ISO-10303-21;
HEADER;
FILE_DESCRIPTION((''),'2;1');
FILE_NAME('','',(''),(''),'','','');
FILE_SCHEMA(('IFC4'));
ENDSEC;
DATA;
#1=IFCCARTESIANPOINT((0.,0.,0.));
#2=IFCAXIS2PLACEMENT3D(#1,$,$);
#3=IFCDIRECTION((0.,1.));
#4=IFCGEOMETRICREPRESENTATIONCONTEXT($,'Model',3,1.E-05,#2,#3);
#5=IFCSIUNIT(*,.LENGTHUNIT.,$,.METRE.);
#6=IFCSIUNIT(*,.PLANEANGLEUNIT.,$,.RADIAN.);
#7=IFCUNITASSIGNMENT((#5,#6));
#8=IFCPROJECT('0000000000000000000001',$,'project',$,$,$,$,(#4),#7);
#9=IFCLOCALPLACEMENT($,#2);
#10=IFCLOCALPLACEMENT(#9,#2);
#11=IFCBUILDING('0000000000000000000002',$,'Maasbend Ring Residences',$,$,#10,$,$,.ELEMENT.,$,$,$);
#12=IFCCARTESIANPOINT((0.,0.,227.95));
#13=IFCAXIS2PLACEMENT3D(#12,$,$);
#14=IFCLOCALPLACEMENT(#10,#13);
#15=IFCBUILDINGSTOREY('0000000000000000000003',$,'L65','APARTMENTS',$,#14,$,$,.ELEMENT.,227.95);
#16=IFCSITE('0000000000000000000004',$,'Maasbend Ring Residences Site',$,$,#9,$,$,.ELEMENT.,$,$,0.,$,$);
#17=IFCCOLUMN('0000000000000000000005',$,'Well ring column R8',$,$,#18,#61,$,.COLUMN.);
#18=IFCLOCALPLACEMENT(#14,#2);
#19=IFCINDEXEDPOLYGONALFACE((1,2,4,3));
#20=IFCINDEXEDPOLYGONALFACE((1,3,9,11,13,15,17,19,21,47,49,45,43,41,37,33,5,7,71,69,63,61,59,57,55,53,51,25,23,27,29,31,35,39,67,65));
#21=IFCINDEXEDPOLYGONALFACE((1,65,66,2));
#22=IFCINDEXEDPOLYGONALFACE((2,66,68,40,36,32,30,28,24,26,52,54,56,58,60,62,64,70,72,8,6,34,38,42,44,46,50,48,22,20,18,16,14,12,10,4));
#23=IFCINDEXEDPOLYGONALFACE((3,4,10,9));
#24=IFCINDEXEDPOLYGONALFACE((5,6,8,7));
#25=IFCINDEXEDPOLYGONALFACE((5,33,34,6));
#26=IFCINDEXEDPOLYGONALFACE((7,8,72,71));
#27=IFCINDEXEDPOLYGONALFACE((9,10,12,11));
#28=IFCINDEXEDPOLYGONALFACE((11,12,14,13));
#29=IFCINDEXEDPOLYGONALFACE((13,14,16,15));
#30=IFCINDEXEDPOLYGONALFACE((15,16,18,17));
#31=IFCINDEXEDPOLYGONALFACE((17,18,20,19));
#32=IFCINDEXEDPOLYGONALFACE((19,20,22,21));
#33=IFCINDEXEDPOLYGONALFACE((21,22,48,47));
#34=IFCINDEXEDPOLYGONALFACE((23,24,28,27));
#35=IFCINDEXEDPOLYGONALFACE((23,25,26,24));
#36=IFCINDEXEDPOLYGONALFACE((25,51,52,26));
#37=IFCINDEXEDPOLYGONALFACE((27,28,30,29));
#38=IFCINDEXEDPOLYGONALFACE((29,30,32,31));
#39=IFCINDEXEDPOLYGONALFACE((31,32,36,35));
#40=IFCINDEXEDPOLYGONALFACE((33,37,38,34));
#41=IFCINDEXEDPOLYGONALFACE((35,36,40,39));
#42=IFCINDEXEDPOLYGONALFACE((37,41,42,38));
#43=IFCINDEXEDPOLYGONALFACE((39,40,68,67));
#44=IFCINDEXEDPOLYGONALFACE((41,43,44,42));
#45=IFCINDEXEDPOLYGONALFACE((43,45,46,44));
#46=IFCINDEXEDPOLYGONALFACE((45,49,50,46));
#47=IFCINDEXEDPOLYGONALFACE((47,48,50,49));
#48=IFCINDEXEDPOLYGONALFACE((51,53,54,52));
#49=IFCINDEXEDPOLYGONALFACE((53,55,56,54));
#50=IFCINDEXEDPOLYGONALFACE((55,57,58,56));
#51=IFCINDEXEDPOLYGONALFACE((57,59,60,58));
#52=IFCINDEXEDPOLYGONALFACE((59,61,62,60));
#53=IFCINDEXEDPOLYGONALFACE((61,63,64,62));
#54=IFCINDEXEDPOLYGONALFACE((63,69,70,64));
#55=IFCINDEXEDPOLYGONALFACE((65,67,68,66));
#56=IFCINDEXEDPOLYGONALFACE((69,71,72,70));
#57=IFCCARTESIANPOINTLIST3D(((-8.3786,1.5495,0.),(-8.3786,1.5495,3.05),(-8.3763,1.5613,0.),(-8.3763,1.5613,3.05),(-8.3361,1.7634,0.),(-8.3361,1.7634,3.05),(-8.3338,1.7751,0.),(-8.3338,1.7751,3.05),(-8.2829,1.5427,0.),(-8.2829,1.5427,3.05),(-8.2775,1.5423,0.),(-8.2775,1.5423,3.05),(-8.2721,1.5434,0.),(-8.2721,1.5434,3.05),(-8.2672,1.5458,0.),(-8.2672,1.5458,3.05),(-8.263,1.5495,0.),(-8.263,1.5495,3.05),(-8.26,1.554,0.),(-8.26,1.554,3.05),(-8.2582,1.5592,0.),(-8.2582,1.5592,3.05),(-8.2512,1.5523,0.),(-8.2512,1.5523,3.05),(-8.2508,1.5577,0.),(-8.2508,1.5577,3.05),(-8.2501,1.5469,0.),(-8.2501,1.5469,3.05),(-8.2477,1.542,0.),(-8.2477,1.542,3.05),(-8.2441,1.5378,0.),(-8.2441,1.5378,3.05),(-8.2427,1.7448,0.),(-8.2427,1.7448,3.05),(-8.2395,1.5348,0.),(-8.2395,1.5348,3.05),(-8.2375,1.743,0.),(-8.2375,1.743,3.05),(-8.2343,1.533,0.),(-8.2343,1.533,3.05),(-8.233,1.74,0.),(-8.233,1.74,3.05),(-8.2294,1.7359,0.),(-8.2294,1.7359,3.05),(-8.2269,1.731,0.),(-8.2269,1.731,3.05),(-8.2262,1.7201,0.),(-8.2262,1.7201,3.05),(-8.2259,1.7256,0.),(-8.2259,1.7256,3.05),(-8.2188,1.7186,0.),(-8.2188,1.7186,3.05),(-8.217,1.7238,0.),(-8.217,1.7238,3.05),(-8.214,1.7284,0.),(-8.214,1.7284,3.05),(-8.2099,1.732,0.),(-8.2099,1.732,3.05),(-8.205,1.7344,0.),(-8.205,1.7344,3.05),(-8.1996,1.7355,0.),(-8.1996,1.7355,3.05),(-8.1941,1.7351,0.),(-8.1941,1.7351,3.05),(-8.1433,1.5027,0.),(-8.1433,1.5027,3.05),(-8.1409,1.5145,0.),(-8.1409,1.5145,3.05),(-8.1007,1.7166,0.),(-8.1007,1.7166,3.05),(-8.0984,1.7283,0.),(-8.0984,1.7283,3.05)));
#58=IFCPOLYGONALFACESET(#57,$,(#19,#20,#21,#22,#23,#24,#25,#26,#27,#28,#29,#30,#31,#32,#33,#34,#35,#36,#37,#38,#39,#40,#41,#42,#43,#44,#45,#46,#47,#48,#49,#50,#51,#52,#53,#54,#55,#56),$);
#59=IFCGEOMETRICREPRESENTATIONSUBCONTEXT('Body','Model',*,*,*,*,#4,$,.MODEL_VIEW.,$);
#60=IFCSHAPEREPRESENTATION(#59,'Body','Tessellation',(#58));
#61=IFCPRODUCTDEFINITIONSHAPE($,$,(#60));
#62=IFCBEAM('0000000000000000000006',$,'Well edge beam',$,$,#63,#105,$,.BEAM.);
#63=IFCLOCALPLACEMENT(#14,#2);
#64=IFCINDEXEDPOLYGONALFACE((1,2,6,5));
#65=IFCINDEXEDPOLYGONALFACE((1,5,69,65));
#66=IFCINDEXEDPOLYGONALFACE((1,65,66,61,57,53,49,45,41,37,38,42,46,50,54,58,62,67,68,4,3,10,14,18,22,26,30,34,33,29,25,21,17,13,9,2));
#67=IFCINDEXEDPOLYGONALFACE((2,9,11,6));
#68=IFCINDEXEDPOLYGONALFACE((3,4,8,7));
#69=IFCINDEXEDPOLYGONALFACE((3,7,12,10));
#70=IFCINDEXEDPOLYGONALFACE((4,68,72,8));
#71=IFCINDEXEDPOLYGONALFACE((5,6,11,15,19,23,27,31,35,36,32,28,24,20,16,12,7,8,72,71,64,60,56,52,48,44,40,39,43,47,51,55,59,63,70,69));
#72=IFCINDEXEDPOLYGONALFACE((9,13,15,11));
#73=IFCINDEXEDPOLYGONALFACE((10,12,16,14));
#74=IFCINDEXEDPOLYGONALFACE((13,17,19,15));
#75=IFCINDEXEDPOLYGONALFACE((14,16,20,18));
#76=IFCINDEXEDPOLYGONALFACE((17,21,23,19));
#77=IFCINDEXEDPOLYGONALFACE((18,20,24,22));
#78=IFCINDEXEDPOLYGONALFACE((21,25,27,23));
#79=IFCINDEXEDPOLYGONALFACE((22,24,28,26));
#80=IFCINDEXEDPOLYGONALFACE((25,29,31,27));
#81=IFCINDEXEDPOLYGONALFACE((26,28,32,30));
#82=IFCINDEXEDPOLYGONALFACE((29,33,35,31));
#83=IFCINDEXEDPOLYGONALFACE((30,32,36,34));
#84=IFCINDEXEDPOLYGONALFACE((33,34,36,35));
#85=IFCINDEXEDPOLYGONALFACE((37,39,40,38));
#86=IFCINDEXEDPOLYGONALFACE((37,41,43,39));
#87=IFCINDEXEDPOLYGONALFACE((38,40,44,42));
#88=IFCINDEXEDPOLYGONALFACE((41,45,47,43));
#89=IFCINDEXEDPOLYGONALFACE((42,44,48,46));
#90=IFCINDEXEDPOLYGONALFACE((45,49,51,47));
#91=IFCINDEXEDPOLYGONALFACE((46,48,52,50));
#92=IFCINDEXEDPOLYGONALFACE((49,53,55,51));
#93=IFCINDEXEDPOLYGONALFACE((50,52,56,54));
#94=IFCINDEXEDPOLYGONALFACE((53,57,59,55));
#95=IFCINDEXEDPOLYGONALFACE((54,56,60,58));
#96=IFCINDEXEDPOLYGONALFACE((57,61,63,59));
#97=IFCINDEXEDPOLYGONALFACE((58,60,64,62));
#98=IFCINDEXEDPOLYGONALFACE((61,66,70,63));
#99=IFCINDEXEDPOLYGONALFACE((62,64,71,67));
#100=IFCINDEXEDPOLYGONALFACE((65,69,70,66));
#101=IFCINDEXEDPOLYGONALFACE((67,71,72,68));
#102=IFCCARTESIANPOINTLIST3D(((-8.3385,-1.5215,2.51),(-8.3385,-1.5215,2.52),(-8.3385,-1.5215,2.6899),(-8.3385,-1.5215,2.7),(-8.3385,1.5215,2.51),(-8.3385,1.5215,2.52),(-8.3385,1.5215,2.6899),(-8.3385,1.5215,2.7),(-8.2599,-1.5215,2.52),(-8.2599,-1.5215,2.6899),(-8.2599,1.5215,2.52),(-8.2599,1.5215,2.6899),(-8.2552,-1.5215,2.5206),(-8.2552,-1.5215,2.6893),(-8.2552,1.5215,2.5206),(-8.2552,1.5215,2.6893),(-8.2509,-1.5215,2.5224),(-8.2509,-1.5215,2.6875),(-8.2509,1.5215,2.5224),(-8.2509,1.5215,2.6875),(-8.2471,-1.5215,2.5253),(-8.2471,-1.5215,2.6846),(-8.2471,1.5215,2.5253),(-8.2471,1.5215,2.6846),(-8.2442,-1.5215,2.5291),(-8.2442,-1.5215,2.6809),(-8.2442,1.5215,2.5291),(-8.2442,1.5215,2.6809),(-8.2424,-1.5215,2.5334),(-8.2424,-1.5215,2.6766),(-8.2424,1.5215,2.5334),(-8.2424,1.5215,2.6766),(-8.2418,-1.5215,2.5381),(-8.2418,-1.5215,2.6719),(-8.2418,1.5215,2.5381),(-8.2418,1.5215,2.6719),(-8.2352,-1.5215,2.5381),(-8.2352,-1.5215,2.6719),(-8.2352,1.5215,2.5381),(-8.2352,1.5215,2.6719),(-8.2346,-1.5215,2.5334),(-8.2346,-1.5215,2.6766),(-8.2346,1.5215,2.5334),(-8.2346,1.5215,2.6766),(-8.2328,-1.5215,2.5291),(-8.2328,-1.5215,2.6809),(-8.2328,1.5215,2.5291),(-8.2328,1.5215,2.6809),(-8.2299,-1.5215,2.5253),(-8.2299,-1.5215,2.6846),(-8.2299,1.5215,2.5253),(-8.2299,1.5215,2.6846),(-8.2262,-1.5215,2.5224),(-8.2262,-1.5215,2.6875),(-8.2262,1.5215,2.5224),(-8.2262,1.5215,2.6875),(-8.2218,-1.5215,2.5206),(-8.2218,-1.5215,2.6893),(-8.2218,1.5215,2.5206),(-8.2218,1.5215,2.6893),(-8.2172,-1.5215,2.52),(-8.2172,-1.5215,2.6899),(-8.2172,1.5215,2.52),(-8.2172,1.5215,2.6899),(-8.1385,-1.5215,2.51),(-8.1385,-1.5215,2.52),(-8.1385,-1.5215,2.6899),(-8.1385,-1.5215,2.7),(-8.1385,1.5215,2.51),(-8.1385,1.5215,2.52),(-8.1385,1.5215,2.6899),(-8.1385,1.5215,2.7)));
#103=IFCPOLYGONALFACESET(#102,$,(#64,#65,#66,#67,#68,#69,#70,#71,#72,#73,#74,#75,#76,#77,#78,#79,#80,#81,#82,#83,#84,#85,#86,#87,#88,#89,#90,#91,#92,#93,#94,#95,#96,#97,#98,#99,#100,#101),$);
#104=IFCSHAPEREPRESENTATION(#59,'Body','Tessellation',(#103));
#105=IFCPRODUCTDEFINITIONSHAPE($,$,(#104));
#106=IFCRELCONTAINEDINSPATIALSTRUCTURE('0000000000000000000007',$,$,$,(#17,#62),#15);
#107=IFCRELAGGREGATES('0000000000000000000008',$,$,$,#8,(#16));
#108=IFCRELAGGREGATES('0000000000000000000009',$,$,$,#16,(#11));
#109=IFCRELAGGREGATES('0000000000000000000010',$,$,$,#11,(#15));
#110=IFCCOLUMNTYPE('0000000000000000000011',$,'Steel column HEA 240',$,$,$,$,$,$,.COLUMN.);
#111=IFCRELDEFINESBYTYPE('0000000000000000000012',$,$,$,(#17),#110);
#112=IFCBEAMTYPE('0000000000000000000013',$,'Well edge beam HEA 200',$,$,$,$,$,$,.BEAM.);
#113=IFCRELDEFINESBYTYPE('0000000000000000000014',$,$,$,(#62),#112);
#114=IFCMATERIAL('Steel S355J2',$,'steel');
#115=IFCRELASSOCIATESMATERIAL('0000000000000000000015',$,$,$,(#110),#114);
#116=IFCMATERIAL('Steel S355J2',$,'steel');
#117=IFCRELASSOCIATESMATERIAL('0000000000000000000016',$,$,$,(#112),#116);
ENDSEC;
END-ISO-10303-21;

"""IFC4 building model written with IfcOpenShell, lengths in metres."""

from ifc_helpers import new_model, si_unit, direction, frame, origin, origin_2d, place, context, subcontext, project, spatial, i_section, extrude, material, material_profile, profile_set, type_object, element, save


model = new_model("IFC4")

# Units and contexts
model_context = context("Model", 3, precision=1e-05, world=origin(), true_north=direction((0.0, 1.0)))
body_context = subcontext(model_context, "Body", "Model", "MODEL_VIEW")
ifc_project = project(units=[si_unit("LENGTHUNIT", "METRE"), si_unit("PLANEANGLEUNIT", "RADIAN")], contexts=[model_context])

# Site, building, storey
site_placement = place(None, origin())
site = spatial("IfcSite", under=ifc_project, at=site_placement, Name="Maasbend Ring Residences Site", CompositionType="ELEMENT", RefElevation=0.0)
building_placement = place(site_placement, origin())
building = spatial("IfcBuilding", under=site, at=building_placement, Name="Maasbend Ring Residences", CompositionType="ELEMENT")
storey_placement = place(building_placement, frame((0.0, 0.0, 227.95)))
storey = spatial("IfcBuildingStorey", under=building, at=storey_placement, Name="L65", Description="APARTMENTS", CompositionType="ELEMENT", Elevation=227.95)

# Column
ifc_material_1 = material(Name="Steel S355J2", Category="steel")
ifc_material_profile_1 = material_profile(ifc_material_1, i_section(OverallWidth=0.24, OverallDepth=0.23, WebThickness=0.0076, FlangeThickness=0.012, FilletRadius=0.021, at=origin_2d()), Name="HEA 240")
ifc_profile_set_1 = profile_set([ifc_material_profile_1], Name="Steel S355J2")
column_type = type_object("IfcColumnType", Name="Steel column HEA 240", PredefinedType="COLUMN", material=ifc_profile_set_1)
column_placement = place(storey_placement, frame((-8.2385, 1.6389, 0.0), z_axis=(0.0, 0.0, 1.0), x_axis=(-0.980785, 0.19509, 0.0)))
element("IfcColumn", 1, at=column_placement, inside=storey, type_object=column_type, Name="Well ring column R8", PredefinedType="COLUMN", context=body_context, shape_type="SweptSolid", body=[
    extrude(i_section(OverallWidth=0.24, OverallDepth=0.23, WebThickness=0.0076, FlangeThickness=0.012, FilletRadius=0.021, at=origin_2d()), origin(), (0.0, 0.0, 1.0), 3.05),
])

# Beam
ifc_material_2 = material(Name="Steel S355J2", Category="steel")
ifc_material_profile_2 = material_profile(ifc_material_2, i_section(OverallWidth=0.2, OverallDepth=0.1899, WebThickness=0.0066, FlangeThickness=0.01, FilletRadius=0.0181, at=origin_2d()), Name="HEA 200")
ifc_profile_set_2 = profile_set([ifc_material_profile_2], Name="Steel S355J2")
beam_type = type_object("IfcBeamType", Name="Well edge beam HEA 200", PredefinedType="BEAM", material=ifc_profile_set_2)
beam_placement = place(storey_placement, frame((-8.2385, 1.5215, 2.605), z_axis=(0.0, -1.0, 0.0), x_axis=(1.0, 0.0, 0.0)))
element("IfcBeam", 2, at=beam_placement, inside=storey, type_object=beam_type, Name="Well edge beam", PredefinedType="BEAM", context=body_context, shape_type="SweptSolid", body=[
    extrude(i_section(OverallWidth=0.2, OverallDepth=0.1899, WebThickness=0.0066, FlangeThickness=0.01, FilletRadius=0.0181, at=origin_2d()), origin(), (0.0, 0.0, 1.0), 3.043),
])

save(model, "model.ifc")
